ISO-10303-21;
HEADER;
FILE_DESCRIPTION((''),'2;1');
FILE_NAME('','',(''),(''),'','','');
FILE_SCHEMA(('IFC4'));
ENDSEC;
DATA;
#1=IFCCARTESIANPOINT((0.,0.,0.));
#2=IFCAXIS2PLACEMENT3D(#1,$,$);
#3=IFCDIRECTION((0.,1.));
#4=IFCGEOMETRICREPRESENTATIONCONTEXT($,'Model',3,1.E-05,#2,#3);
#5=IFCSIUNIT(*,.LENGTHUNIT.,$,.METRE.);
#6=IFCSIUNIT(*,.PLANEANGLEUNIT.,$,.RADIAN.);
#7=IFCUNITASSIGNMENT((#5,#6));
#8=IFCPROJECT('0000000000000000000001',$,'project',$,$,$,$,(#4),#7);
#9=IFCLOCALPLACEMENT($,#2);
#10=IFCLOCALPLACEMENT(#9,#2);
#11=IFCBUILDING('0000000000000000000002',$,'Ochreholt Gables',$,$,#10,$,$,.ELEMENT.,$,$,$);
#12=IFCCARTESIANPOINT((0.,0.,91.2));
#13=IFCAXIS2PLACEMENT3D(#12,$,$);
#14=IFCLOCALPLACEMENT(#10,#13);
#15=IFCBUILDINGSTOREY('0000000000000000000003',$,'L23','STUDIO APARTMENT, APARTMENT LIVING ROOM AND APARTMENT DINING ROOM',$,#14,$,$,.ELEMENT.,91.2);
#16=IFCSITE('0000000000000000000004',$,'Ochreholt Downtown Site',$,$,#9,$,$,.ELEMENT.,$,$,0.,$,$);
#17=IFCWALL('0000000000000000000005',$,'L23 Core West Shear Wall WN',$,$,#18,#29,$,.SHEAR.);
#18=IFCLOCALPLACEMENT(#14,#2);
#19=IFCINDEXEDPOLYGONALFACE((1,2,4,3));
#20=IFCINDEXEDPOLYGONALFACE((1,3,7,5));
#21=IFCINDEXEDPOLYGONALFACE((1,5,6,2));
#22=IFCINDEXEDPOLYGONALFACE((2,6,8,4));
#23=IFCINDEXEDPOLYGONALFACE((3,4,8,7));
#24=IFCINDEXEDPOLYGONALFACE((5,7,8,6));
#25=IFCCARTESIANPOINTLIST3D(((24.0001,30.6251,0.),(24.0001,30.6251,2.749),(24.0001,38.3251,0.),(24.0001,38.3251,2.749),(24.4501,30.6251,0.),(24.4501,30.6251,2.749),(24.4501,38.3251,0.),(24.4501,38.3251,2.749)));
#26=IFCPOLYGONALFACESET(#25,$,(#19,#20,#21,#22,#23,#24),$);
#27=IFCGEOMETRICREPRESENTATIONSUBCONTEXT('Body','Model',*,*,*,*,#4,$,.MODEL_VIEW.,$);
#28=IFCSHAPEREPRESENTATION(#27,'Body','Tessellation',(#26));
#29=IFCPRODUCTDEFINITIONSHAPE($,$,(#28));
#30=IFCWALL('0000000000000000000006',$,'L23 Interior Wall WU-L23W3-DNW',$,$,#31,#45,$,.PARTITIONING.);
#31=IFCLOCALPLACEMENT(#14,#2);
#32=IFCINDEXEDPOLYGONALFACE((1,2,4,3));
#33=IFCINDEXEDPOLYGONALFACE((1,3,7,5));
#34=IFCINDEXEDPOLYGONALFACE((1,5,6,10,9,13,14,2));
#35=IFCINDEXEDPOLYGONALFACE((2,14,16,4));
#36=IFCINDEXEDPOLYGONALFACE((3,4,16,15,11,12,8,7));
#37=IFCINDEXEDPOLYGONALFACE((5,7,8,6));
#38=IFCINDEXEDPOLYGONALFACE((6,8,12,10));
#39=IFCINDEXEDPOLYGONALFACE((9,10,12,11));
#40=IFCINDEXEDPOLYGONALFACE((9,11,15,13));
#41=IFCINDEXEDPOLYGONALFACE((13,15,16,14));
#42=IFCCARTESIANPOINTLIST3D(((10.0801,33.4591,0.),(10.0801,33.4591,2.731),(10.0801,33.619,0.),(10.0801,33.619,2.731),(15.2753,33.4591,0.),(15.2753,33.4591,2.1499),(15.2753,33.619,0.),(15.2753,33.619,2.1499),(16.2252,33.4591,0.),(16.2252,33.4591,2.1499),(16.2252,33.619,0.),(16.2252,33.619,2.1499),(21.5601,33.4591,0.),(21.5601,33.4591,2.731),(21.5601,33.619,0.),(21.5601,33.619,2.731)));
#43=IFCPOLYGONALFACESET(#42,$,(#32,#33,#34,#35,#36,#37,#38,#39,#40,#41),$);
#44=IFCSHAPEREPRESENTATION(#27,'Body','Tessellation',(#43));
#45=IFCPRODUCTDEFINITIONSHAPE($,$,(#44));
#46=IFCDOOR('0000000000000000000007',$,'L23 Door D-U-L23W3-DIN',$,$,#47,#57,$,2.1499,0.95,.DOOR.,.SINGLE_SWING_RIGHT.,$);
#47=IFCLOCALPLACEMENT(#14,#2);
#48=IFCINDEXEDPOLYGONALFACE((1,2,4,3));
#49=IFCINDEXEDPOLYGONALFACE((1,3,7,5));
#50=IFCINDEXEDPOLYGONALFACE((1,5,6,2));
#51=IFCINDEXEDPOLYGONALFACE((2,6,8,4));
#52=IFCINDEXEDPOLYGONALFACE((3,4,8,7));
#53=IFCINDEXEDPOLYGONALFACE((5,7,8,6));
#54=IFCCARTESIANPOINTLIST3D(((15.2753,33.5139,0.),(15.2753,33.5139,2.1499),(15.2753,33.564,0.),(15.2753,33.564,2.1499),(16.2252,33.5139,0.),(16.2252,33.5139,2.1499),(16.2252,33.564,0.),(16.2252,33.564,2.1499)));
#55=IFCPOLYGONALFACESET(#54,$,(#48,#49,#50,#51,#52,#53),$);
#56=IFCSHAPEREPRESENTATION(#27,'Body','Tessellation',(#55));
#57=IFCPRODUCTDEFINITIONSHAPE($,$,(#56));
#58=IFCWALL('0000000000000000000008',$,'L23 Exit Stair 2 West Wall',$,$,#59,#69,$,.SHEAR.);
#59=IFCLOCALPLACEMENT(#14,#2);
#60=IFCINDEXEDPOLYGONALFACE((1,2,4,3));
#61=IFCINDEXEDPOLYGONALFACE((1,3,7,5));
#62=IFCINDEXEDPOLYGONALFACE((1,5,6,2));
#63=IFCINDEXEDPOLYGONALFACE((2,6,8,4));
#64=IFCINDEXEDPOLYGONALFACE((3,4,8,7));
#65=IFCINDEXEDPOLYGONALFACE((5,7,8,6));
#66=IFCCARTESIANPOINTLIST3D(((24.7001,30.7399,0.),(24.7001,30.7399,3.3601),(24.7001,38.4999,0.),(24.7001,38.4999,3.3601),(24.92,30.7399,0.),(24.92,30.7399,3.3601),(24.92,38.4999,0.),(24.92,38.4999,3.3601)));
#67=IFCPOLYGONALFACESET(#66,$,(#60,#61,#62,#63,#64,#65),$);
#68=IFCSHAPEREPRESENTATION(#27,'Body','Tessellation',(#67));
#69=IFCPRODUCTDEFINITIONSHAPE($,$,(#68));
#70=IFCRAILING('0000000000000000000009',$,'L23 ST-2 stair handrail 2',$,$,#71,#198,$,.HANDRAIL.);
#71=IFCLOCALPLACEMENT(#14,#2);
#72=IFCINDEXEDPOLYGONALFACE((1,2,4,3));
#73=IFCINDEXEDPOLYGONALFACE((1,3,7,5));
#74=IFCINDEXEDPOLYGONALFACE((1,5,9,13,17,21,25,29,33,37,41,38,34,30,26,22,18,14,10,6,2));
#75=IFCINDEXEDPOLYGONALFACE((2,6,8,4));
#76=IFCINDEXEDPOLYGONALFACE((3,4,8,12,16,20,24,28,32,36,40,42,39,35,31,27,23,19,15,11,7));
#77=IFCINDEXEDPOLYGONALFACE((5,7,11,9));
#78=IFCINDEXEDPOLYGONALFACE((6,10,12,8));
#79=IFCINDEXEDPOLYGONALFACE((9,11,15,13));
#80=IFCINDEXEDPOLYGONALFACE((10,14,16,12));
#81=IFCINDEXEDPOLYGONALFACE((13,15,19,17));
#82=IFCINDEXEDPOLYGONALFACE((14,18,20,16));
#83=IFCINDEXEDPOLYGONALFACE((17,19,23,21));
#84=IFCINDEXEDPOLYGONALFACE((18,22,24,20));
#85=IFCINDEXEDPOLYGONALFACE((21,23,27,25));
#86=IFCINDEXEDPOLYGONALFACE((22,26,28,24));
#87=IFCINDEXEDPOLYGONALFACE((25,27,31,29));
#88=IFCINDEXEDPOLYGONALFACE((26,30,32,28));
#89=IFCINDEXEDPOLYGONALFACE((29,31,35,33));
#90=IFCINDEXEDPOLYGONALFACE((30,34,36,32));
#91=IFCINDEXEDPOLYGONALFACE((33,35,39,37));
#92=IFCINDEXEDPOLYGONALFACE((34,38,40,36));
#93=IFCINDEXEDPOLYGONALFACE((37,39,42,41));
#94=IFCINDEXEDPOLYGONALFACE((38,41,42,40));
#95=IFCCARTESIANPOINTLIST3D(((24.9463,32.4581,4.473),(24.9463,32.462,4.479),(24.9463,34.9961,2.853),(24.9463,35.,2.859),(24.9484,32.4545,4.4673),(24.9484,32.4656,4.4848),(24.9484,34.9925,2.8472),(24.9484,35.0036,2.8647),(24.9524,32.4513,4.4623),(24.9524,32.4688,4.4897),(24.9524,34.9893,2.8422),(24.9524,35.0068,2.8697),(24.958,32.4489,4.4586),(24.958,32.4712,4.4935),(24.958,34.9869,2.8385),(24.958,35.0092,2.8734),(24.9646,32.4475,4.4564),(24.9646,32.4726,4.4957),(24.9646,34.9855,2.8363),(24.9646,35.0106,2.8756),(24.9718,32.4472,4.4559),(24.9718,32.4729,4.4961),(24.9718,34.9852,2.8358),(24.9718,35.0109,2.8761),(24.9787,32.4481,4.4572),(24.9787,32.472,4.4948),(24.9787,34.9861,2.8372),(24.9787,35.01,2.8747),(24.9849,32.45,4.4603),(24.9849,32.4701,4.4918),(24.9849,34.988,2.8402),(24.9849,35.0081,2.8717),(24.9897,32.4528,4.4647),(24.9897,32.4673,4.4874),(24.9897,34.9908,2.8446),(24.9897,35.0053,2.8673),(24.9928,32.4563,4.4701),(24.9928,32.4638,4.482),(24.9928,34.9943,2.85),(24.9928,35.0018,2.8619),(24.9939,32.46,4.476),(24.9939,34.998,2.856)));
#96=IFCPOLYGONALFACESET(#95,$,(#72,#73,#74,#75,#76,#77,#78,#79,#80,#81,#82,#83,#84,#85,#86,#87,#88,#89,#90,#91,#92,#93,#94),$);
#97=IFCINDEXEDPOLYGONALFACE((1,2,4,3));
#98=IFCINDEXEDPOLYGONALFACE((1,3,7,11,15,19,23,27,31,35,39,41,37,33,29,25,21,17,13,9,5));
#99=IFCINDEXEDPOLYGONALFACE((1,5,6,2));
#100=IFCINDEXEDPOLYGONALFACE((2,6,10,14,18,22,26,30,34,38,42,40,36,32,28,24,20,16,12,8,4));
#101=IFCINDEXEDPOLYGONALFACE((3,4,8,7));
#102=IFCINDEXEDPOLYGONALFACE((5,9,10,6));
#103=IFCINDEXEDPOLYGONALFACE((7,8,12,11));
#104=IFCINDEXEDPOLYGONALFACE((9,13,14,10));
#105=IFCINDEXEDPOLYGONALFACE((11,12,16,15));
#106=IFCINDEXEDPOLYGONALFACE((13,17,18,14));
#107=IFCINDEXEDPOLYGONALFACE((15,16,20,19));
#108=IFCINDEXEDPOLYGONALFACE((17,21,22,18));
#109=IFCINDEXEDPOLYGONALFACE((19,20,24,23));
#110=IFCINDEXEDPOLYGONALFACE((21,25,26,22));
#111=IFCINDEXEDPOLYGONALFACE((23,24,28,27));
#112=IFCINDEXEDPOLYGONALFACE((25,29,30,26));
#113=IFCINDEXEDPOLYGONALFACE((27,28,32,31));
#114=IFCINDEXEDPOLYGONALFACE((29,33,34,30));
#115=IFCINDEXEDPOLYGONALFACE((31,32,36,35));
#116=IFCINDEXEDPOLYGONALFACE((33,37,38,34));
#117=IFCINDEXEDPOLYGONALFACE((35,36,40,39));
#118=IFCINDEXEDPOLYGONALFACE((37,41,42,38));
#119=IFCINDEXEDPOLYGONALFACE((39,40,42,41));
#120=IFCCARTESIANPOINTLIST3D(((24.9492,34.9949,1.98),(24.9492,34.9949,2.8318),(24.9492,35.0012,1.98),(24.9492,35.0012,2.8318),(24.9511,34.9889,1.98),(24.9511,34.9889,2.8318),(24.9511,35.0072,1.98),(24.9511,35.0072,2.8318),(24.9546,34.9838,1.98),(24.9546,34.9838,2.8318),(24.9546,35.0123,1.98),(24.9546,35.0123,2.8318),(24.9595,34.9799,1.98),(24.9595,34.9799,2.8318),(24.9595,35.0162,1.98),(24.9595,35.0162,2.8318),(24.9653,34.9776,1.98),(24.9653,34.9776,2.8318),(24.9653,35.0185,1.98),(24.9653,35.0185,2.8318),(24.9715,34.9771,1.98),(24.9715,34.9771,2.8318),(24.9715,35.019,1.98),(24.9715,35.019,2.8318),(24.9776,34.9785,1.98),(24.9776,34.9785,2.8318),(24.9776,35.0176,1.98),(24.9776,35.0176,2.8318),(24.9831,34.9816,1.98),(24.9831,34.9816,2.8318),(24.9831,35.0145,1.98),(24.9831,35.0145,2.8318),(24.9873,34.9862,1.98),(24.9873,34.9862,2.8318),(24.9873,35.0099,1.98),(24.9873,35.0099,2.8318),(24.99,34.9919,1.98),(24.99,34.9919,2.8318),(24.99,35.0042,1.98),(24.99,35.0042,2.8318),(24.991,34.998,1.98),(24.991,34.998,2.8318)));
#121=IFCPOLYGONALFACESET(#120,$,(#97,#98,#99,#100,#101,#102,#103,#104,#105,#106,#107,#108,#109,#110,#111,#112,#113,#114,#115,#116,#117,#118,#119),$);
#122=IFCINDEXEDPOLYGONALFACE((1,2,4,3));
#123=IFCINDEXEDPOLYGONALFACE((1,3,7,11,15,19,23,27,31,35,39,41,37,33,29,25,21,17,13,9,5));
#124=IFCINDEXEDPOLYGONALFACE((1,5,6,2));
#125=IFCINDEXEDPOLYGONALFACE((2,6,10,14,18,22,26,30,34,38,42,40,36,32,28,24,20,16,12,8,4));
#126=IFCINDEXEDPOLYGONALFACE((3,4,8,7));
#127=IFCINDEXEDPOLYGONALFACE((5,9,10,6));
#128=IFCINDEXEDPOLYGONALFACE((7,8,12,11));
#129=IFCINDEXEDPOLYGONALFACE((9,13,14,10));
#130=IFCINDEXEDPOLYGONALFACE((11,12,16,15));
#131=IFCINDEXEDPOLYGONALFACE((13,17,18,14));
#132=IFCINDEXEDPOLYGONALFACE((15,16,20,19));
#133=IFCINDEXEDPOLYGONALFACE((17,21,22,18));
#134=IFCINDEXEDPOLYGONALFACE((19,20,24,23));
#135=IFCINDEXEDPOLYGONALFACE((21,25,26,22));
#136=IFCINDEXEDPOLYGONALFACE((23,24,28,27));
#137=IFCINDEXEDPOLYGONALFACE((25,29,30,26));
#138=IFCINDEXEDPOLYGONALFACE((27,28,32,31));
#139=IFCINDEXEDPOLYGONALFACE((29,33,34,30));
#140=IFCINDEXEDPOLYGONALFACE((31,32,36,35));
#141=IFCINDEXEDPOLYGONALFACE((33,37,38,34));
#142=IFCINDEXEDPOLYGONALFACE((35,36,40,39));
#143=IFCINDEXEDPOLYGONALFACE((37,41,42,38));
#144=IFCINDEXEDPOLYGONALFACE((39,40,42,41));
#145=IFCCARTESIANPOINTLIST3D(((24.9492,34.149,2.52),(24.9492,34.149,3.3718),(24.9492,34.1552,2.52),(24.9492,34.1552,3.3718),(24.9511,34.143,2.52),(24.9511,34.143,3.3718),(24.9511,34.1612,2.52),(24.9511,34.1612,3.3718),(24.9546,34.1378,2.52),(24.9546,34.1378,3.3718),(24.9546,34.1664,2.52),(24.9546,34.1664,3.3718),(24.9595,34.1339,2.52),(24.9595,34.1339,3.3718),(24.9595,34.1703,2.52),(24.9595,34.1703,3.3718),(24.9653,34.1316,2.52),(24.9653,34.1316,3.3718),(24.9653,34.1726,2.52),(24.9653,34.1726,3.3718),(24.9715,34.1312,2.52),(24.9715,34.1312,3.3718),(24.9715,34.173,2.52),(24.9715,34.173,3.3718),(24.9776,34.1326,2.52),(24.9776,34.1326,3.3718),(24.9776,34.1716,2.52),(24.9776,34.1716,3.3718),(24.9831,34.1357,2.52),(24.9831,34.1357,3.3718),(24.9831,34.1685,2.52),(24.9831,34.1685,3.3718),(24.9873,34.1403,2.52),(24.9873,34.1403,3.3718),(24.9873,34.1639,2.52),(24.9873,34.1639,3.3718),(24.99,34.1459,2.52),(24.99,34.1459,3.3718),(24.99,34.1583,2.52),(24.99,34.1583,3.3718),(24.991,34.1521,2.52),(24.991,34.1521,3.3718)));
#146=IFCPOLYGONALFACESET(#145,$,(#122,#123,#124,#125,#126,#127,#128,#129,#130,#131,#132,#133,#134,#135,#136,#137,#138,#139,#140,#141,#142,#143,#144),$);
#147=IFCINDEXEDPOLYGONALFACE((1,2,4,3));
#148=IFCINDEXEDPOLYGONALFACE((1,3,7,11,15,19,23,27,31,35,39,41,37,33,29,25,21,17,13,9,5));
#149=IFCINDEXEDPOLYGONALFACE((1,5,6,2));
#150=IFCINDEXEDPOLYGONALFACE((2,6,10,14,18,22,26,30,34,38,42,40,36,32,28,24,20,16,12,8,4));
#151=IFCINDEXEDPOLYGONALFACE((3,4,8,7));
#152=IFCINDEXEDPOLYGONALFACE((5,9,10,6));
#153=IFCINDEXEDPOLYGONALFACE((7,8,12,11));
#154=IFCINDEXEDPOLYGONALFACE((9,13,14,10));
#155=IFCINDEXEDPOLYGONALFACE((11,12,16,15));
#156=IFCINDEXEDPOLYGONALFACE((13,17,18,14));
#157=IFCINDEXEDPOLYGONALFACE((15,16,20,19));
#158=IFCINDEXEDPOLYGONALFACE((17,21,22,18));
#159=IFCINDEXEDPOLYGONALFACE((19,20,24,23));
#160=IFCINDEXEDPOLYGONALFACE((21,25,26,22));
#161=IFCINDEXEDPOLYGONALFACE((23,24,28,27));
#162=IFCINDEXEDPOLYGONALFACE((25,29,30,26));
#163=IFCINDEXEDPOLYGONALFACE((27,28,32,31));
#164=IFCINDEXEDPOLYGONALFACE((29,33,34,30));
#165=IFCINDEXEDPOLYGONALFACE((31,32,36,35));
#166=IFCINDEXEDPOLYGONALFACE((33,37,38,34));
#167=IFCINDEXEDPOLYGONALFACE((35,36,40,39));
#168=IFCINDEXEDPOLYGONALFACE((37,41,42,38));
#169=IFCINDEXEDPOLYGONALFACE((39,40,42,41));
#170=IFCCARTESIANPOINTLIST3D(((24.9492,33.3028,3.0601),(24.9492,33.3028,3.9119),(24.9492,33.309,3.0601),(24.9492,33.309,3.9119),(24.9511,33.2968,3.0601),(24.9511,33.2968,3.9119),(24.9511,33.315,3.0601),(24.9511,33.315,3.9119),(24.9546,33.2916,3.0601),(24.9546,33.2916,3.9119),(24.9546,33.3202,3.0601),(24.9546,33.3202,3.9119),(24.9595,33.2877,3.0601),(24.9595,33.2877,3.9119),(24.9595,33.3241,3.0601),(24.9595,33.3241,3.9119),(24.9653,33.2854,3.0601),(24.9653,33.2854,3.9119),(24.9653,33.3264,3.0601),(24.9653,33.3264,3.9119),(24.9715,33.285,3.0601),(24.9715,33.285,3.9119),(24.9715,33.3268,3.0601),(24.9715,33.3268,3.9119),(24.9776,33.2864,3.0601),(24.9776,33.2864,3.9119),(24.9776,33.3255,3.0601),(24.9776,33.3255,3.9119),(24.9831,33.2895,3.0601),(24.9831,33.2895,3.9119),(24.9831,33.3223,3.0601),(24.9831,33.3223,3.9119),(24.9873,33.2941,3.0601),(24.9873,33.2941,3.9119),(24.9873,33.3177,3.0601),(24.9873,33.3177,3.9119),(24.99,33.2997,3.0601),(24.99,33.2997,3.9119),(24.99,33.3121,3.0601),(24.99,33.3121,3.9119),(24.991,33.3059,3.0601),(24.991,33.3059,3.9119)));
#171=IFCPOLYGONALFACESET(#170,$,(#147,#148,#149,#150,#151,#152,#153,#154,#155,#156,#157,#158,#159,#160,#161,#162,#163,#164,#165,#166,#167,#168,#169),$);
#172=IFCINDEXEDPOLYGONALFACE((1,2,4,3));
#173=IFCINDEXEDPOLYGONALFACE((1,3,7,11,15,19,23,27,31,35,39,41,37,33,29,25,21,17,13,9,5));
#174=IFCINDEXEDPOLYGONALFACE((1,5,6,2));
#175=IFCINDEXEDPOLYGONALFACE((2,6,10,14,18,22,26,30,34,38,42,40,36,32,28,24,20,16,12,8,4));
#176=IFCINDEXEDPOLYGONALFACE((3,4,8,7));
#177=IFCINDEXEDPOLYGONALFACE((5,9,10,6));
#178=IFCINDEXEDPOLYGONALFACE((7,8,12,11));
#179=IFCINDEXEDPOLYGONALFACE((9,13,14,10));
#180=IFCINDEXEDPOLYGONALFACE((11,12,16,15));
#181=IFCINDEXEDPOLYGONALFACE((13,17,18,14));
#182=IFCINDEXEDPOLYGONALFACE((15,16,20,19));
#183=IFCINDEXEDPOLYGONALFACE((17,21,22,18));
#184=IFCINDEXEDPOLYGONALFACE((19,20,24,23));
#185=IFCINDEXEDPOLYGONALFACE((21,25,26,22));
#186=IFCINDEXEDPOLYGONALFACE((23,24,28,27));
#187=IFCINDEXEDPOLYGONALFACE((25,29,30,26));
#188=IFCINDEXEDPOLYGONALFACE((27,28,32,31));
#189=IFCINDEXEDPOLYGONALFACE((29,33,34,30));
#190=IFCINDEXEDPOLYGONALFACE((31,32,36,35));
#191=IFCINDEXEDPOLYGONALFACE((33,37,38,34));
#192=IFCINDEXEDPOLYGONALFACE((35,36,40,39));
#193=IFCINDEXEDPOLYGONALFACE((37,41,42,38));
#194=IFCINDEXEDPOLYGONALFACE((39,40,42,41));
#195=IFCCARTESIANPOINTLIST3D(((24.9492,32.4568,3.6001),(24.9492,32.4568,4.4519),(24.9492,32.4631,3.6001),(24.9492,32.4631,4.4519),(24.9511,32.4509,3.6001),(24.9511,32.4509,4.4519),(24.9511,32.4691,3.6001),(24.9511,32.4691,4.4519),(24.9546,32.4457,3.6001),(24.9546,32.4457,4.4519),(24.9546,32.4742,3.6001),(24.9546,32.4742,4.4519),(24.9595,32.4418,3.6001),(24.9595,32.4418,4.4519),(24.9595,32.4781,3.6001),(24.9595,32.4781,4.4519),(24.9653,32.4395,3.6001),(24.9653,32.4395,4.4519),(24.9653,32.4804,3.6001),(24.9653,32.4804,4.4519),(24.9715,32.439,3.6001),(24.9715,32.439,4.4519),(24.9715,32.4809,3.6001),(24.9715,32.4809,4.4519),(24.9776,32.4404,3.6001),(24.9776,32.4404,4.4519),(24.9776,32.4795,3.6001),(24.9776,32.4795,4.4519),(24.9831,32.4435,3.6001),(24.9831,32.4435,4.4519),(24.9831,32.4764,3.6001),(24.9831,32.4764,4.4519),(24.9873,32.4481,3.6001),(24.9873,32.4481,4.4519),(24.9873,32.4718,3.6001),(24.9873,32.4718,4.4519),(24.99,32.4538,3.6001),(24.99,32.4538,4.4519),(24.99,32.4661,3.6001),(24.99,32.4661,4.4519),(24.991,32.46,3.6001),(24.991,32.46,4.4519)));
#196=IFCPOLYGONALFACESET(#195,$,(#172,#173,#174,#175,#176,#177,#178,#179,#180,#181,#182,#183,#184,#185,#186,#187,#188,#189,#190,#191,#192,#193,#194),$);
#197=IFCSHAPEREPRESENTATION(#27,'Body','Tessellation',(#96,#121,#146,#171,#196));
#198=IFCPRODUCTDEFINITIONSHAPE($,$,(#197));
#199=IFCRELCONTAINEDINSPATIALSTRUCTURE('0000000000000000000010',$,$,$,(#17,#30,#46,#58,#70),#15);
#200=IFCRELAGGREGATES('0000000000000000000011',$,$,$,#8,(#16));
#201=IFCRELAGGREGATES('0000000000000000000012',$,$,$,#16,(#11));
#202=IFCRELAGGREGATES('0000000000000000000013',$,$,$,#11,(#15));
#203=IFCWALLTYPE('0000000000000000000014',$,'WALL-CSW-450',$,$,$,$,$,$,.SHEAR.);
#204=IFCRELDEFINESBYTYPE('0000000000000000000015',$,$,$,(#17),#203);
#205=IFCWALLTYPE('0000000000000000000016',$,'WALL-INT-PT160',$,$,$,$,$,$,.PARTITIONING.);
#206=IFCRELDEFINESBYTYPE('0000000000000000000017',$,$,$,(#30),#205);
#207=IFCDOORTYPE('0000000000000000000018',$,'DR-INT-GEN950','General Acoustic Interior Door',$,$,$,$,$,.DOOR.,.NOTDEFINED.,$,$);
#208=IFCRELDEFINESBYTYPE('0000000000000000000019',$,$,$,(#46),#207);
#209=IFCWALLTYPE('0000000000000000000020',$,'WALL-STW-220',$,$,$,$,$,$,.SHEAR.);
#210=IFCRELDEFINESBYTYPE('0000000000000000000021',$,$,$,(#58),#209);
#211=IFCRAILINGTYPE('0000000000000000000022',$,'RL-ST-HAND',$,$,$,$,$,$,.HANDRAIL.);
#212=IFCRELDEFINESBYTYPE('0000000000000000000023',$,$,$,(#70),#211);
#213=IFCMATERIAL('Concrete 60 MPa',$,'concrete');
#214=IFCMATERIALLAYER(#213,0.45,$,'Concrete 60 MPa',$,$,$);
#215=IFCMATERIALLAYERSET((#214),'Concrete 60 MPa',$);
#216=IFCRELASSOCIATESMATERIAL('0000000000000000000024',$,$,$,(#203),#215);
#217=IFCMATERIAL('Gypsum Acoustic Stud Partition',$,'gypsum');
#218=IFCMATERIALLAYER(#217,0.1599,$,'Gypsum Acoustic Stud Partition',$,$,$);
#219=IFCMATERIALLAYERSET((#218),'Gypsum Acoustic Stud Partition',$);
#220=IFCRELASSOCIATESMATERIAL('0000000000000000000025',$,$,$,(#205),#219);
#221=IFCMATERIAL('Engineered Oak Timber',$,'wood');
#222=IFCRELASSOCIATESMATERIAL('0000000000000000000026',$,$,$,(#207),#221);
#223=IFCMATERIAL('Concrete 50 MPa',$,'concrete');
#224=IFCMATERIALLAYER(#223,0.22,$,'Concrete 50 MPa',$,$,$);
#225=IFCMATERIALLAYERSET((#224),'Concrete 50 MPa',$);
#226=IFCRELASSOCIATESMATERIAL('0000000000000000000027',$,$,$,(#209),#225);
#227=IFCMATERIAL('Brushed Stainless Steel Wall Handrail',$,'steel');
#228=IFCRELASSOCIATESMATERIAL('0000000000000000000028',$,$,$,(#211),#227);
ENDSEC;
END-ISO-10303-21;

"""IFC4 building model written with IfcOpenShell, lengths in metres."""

from ifc_helpers import new_model, si_unit, direction, frame, frame_2d, origin, origin_2d, place, context, subcontext, project, spatial, rectangle, circle, extrude, material, layer, layer_set, type_object, element, fill, save


model = new_model("IFC4")

# Units and contexts
model_context = context("Model", 3, precision=1e-05, world=origin(), true_north=direction((0.0, 1.0)))
body_context = subcontext(model_context, "Body", "Model", "MODEL_VIEW")
ifc_project = project(units=[si_unit("LENGTHUNIT", "METRE"), si_unit("PLANEANGLEUNIT", "RADIAN")], contexts=[model_context])

# Site, building, storey
site_placement = place(None, origin())
site = spatial("IfcSite", under=ifc_project, at=site_placement, Name="Ochreholt Downtown Site", CompositionType="ELEMENT", RefElevation=0.0)
building_placement = place(site_placement, origin())
building = spatial("IfcBuilding", under=site, at=building_placement, Name="Ochreholt Gables", CompositionType="ELEMENT")
storey_placement = place(building_placement, frame((0.0, 0.0, 91.2)))
storey = spatial("IfcBuildingStorey", under=building, at=storey_placement, Name="L23", Description="STUDIO APARTMENT, APARTMENT LIVING ROOM AND APARTMENT DINING ROOM", CompositionType="ELEMENT", Elevation=91.2)

# Shared definitions
ifc_material_1 = material(Name="Concrete 60 MPa", Category="concrete")

# Wall
ifc_layer_1 = layer(ifc_material_1, 0.45, Name="Concrete 60 MPa")
ifc_layer_set_1 = layer_set([ifc_layer_1], Name="Concrete 60 MPa")
wall_type_1 = type_object("IfcWallType", Name="WALL-CSW-450", PredefinedType="SHEAR", material=ifc_layer_set_1)
wall_1_placement = place(storey_placement, frame((24.2251, 30.625, 0.0), z_axis=(0.0, 0.0, 1.0), x_axis=(0.0, 1.0, 0.0)))
element("IfcWall", 1, at=wall_1_placement, inside=storey, type_object=wall_type_1, Name="L23 Core West Shear Wall WN", PredefinedType="SHEAR", context=body_context, shape_type="SweptSolid", body=[
    extrude(rectangle(XDim=7.7, YDim=0.45, at=frame_2d((3.8501, 0.0))), origin(), (0.0, 0.0, 1.0), 2.749),
])

# Wall, opening, door
ifc_material_2 = material(Name="Gypsum Acoustic Stud Partition", Category="gypsum")
ifc_layer_2 = layer(ifc_material_2, 0.1599, Name="Gypsum Acoustic Stud Partition")
ifc_layer_set_2 = layer_set([ifc_layer_2], Name="Gypsum Acoustic Stud Partition")
wall_type_2 = type_object("IfcWallType", Name="WALL-INT-PT160", PredefinedType="PARTITIONING", material=ifc_layer_set_2)
wall_2_placement = place(storey_placement, frame((10.0801, 33.5391, 0.0), z_axis=(0.0, 0.0, 1.0), x_axis=(1.0, 0.0, 0.0)))
wall_2 = element("IfcWall", 2, at=wall_2_placement, inside=storey, type_object=wall_type_2, Name="L23 Interior Wall WU-L23W3-DNW", PredefinedType="PARTITIONING", context=body_context, shape_type="SweptSolid", body=[
    extrude(rectangle(XDim=11.48, YDim=0.1599, at=frame_2d((5.74, 0.0))), origin(), (0.0, 0.0, 1.0), 2.731),
])
opening_1_placement = place(wall_2_placement, frame((5.1951, 0.0, 0.0)))
opening_1 = element("IfcOpeningElement", 3, at=opening_1_placement, cuts=wall_2, PredefinedType="OPENING", context=body_context, shape_type="SweptSolid", body=[
    extrude(rectangle(XDim=0.95, YDim=2.1499, at=frame_2d((0.4751, 1.075))), frame((0.0, 0.0898, 0.0), z_axis=(0.0, -1.0, 0.0), x_axis=(1.0, 0.0, 0.0)), (0.0, 0.0, 1.0), 0.1799),
])
ifc_material_3 = material(Name="Engineered Oak Timber", Category="wood")
door_type_1 = type_object("IfcDoorType", Name="DR-INT-GEN950", Description="General Acoustic Interior Door", OperationType="NOTDEFINED", PredefinedType="DOOR", material=ifc_material_3)
door_1_placement = place(opening_1_placement, origin())
door_1 = element("IfcDoor", 4, at=door_1_placement, inside=storey, type_object=door_type_1, Name="L23 Door D-U-L23W3-DIN", OperationType="SINGLE_SWING_RIGHT", OverallHeight=2.1499, OverallWidth=0.95, PredefinedType="DOOR", context=body_context, shape_type="SweptSolid", body=[
    extrude(rectangle(XDim=0.95, YDim=2.1499, at=frame_2d((0.4751, 1.075))), frame((0.0, 0.0249, 0.0), z_axis=(0.0, -1.0, 0.0), x_axis=(1.0, 0.0, 0.0)), (0.0, 0.0, 1.0), 0.05),
])
fill(opening_1, door_1)

# Wall
ifc_material_4 = material(Name="Concrete 50 MPa", Category="concrete")
ifc_layer_3 = layer(ifc_material_4, 0.22, Name="Concrete 50 MPa")
ifc_layer_set_3 = layer_set([ifc_layer_3], Name="Concrete 50 MPa")
wall_type_3 = type_object("IfcWallType", Name="WALL-STW-220", PredefinedType="SHEAR", material=ifc_layer_set_3)
wall_3_placement = place(storey_placement, frame((24.8101, 30.74, 0.0), z_axis=(0.0, 0.0, 1.0), x_axis=(0.0, 1.0, 0.0)))
element("IfcWall", 5, at=wall_3_placement, inside=storey, type_object=wall_type_3, Name="L23 Exit Stair 2 West Wall", PredefinedType="SHEAR", context=body_context, shape_type="SweptSolid", body=[
    extrude(rectangle(XDim=7.76, YDim=0.22, at=frame_2d((3.8799, 0.0))), origin(), (0.0, 0.0, 1.0), 3.3601),
])

# Railing
ifc_material_5 = material(Name="Brushed Stainless Steel Wall Handrail", Category="steel")
railing_type = type_object("IfcRailingType", Name="RL-ST-HAND", PredefinedType="HANDRAIL", material=ifc_material_5)
railing_placement = place(storey_placement, frame((24.97, 34.998, 1.98)))
element("IfcRailing", 6, at=railing_placement, inside=storey, type_object=railing_type, Name="L23 ST-2 stair handrail 2", PredefinedType="HANDRAIL", context=body_context, shape_type="SweptSolid", body=[
    extrude(circle(Radius=0.0239, at=origin_2d()), frame((0.0, 0.0, 0.876), z_axis=(0.0, -0.842913, 0.53805), x_axis=(1.0, 0.0, 0.0)), (0.0, 0.0, 1.0), 3.011),
    extrude(circle(Radius=0.021, at=origin_2d()), origin(), (0.0, 0.0, 1.0), 0.8518),
    extrude(circle(Radius=0.021, at=origin_2d()), frame((0.0, -0.8459, 0.54)), (0.0, 0.0, 1.0), 0.8518),
    extrude(circle(Radius=0.021, at=origin_2d()), frame((0.0, -1.6921, 1.0801)), (0.0, 0.0, 1.0), 0.8518),
    extrude(circle(Radius=0.021, at=origin_2d()), frame((0.0, -2.5381, 1.6201)), (0.0, 0.0, 1.0), 0.8518),
])

save(model, "model.ifc")
